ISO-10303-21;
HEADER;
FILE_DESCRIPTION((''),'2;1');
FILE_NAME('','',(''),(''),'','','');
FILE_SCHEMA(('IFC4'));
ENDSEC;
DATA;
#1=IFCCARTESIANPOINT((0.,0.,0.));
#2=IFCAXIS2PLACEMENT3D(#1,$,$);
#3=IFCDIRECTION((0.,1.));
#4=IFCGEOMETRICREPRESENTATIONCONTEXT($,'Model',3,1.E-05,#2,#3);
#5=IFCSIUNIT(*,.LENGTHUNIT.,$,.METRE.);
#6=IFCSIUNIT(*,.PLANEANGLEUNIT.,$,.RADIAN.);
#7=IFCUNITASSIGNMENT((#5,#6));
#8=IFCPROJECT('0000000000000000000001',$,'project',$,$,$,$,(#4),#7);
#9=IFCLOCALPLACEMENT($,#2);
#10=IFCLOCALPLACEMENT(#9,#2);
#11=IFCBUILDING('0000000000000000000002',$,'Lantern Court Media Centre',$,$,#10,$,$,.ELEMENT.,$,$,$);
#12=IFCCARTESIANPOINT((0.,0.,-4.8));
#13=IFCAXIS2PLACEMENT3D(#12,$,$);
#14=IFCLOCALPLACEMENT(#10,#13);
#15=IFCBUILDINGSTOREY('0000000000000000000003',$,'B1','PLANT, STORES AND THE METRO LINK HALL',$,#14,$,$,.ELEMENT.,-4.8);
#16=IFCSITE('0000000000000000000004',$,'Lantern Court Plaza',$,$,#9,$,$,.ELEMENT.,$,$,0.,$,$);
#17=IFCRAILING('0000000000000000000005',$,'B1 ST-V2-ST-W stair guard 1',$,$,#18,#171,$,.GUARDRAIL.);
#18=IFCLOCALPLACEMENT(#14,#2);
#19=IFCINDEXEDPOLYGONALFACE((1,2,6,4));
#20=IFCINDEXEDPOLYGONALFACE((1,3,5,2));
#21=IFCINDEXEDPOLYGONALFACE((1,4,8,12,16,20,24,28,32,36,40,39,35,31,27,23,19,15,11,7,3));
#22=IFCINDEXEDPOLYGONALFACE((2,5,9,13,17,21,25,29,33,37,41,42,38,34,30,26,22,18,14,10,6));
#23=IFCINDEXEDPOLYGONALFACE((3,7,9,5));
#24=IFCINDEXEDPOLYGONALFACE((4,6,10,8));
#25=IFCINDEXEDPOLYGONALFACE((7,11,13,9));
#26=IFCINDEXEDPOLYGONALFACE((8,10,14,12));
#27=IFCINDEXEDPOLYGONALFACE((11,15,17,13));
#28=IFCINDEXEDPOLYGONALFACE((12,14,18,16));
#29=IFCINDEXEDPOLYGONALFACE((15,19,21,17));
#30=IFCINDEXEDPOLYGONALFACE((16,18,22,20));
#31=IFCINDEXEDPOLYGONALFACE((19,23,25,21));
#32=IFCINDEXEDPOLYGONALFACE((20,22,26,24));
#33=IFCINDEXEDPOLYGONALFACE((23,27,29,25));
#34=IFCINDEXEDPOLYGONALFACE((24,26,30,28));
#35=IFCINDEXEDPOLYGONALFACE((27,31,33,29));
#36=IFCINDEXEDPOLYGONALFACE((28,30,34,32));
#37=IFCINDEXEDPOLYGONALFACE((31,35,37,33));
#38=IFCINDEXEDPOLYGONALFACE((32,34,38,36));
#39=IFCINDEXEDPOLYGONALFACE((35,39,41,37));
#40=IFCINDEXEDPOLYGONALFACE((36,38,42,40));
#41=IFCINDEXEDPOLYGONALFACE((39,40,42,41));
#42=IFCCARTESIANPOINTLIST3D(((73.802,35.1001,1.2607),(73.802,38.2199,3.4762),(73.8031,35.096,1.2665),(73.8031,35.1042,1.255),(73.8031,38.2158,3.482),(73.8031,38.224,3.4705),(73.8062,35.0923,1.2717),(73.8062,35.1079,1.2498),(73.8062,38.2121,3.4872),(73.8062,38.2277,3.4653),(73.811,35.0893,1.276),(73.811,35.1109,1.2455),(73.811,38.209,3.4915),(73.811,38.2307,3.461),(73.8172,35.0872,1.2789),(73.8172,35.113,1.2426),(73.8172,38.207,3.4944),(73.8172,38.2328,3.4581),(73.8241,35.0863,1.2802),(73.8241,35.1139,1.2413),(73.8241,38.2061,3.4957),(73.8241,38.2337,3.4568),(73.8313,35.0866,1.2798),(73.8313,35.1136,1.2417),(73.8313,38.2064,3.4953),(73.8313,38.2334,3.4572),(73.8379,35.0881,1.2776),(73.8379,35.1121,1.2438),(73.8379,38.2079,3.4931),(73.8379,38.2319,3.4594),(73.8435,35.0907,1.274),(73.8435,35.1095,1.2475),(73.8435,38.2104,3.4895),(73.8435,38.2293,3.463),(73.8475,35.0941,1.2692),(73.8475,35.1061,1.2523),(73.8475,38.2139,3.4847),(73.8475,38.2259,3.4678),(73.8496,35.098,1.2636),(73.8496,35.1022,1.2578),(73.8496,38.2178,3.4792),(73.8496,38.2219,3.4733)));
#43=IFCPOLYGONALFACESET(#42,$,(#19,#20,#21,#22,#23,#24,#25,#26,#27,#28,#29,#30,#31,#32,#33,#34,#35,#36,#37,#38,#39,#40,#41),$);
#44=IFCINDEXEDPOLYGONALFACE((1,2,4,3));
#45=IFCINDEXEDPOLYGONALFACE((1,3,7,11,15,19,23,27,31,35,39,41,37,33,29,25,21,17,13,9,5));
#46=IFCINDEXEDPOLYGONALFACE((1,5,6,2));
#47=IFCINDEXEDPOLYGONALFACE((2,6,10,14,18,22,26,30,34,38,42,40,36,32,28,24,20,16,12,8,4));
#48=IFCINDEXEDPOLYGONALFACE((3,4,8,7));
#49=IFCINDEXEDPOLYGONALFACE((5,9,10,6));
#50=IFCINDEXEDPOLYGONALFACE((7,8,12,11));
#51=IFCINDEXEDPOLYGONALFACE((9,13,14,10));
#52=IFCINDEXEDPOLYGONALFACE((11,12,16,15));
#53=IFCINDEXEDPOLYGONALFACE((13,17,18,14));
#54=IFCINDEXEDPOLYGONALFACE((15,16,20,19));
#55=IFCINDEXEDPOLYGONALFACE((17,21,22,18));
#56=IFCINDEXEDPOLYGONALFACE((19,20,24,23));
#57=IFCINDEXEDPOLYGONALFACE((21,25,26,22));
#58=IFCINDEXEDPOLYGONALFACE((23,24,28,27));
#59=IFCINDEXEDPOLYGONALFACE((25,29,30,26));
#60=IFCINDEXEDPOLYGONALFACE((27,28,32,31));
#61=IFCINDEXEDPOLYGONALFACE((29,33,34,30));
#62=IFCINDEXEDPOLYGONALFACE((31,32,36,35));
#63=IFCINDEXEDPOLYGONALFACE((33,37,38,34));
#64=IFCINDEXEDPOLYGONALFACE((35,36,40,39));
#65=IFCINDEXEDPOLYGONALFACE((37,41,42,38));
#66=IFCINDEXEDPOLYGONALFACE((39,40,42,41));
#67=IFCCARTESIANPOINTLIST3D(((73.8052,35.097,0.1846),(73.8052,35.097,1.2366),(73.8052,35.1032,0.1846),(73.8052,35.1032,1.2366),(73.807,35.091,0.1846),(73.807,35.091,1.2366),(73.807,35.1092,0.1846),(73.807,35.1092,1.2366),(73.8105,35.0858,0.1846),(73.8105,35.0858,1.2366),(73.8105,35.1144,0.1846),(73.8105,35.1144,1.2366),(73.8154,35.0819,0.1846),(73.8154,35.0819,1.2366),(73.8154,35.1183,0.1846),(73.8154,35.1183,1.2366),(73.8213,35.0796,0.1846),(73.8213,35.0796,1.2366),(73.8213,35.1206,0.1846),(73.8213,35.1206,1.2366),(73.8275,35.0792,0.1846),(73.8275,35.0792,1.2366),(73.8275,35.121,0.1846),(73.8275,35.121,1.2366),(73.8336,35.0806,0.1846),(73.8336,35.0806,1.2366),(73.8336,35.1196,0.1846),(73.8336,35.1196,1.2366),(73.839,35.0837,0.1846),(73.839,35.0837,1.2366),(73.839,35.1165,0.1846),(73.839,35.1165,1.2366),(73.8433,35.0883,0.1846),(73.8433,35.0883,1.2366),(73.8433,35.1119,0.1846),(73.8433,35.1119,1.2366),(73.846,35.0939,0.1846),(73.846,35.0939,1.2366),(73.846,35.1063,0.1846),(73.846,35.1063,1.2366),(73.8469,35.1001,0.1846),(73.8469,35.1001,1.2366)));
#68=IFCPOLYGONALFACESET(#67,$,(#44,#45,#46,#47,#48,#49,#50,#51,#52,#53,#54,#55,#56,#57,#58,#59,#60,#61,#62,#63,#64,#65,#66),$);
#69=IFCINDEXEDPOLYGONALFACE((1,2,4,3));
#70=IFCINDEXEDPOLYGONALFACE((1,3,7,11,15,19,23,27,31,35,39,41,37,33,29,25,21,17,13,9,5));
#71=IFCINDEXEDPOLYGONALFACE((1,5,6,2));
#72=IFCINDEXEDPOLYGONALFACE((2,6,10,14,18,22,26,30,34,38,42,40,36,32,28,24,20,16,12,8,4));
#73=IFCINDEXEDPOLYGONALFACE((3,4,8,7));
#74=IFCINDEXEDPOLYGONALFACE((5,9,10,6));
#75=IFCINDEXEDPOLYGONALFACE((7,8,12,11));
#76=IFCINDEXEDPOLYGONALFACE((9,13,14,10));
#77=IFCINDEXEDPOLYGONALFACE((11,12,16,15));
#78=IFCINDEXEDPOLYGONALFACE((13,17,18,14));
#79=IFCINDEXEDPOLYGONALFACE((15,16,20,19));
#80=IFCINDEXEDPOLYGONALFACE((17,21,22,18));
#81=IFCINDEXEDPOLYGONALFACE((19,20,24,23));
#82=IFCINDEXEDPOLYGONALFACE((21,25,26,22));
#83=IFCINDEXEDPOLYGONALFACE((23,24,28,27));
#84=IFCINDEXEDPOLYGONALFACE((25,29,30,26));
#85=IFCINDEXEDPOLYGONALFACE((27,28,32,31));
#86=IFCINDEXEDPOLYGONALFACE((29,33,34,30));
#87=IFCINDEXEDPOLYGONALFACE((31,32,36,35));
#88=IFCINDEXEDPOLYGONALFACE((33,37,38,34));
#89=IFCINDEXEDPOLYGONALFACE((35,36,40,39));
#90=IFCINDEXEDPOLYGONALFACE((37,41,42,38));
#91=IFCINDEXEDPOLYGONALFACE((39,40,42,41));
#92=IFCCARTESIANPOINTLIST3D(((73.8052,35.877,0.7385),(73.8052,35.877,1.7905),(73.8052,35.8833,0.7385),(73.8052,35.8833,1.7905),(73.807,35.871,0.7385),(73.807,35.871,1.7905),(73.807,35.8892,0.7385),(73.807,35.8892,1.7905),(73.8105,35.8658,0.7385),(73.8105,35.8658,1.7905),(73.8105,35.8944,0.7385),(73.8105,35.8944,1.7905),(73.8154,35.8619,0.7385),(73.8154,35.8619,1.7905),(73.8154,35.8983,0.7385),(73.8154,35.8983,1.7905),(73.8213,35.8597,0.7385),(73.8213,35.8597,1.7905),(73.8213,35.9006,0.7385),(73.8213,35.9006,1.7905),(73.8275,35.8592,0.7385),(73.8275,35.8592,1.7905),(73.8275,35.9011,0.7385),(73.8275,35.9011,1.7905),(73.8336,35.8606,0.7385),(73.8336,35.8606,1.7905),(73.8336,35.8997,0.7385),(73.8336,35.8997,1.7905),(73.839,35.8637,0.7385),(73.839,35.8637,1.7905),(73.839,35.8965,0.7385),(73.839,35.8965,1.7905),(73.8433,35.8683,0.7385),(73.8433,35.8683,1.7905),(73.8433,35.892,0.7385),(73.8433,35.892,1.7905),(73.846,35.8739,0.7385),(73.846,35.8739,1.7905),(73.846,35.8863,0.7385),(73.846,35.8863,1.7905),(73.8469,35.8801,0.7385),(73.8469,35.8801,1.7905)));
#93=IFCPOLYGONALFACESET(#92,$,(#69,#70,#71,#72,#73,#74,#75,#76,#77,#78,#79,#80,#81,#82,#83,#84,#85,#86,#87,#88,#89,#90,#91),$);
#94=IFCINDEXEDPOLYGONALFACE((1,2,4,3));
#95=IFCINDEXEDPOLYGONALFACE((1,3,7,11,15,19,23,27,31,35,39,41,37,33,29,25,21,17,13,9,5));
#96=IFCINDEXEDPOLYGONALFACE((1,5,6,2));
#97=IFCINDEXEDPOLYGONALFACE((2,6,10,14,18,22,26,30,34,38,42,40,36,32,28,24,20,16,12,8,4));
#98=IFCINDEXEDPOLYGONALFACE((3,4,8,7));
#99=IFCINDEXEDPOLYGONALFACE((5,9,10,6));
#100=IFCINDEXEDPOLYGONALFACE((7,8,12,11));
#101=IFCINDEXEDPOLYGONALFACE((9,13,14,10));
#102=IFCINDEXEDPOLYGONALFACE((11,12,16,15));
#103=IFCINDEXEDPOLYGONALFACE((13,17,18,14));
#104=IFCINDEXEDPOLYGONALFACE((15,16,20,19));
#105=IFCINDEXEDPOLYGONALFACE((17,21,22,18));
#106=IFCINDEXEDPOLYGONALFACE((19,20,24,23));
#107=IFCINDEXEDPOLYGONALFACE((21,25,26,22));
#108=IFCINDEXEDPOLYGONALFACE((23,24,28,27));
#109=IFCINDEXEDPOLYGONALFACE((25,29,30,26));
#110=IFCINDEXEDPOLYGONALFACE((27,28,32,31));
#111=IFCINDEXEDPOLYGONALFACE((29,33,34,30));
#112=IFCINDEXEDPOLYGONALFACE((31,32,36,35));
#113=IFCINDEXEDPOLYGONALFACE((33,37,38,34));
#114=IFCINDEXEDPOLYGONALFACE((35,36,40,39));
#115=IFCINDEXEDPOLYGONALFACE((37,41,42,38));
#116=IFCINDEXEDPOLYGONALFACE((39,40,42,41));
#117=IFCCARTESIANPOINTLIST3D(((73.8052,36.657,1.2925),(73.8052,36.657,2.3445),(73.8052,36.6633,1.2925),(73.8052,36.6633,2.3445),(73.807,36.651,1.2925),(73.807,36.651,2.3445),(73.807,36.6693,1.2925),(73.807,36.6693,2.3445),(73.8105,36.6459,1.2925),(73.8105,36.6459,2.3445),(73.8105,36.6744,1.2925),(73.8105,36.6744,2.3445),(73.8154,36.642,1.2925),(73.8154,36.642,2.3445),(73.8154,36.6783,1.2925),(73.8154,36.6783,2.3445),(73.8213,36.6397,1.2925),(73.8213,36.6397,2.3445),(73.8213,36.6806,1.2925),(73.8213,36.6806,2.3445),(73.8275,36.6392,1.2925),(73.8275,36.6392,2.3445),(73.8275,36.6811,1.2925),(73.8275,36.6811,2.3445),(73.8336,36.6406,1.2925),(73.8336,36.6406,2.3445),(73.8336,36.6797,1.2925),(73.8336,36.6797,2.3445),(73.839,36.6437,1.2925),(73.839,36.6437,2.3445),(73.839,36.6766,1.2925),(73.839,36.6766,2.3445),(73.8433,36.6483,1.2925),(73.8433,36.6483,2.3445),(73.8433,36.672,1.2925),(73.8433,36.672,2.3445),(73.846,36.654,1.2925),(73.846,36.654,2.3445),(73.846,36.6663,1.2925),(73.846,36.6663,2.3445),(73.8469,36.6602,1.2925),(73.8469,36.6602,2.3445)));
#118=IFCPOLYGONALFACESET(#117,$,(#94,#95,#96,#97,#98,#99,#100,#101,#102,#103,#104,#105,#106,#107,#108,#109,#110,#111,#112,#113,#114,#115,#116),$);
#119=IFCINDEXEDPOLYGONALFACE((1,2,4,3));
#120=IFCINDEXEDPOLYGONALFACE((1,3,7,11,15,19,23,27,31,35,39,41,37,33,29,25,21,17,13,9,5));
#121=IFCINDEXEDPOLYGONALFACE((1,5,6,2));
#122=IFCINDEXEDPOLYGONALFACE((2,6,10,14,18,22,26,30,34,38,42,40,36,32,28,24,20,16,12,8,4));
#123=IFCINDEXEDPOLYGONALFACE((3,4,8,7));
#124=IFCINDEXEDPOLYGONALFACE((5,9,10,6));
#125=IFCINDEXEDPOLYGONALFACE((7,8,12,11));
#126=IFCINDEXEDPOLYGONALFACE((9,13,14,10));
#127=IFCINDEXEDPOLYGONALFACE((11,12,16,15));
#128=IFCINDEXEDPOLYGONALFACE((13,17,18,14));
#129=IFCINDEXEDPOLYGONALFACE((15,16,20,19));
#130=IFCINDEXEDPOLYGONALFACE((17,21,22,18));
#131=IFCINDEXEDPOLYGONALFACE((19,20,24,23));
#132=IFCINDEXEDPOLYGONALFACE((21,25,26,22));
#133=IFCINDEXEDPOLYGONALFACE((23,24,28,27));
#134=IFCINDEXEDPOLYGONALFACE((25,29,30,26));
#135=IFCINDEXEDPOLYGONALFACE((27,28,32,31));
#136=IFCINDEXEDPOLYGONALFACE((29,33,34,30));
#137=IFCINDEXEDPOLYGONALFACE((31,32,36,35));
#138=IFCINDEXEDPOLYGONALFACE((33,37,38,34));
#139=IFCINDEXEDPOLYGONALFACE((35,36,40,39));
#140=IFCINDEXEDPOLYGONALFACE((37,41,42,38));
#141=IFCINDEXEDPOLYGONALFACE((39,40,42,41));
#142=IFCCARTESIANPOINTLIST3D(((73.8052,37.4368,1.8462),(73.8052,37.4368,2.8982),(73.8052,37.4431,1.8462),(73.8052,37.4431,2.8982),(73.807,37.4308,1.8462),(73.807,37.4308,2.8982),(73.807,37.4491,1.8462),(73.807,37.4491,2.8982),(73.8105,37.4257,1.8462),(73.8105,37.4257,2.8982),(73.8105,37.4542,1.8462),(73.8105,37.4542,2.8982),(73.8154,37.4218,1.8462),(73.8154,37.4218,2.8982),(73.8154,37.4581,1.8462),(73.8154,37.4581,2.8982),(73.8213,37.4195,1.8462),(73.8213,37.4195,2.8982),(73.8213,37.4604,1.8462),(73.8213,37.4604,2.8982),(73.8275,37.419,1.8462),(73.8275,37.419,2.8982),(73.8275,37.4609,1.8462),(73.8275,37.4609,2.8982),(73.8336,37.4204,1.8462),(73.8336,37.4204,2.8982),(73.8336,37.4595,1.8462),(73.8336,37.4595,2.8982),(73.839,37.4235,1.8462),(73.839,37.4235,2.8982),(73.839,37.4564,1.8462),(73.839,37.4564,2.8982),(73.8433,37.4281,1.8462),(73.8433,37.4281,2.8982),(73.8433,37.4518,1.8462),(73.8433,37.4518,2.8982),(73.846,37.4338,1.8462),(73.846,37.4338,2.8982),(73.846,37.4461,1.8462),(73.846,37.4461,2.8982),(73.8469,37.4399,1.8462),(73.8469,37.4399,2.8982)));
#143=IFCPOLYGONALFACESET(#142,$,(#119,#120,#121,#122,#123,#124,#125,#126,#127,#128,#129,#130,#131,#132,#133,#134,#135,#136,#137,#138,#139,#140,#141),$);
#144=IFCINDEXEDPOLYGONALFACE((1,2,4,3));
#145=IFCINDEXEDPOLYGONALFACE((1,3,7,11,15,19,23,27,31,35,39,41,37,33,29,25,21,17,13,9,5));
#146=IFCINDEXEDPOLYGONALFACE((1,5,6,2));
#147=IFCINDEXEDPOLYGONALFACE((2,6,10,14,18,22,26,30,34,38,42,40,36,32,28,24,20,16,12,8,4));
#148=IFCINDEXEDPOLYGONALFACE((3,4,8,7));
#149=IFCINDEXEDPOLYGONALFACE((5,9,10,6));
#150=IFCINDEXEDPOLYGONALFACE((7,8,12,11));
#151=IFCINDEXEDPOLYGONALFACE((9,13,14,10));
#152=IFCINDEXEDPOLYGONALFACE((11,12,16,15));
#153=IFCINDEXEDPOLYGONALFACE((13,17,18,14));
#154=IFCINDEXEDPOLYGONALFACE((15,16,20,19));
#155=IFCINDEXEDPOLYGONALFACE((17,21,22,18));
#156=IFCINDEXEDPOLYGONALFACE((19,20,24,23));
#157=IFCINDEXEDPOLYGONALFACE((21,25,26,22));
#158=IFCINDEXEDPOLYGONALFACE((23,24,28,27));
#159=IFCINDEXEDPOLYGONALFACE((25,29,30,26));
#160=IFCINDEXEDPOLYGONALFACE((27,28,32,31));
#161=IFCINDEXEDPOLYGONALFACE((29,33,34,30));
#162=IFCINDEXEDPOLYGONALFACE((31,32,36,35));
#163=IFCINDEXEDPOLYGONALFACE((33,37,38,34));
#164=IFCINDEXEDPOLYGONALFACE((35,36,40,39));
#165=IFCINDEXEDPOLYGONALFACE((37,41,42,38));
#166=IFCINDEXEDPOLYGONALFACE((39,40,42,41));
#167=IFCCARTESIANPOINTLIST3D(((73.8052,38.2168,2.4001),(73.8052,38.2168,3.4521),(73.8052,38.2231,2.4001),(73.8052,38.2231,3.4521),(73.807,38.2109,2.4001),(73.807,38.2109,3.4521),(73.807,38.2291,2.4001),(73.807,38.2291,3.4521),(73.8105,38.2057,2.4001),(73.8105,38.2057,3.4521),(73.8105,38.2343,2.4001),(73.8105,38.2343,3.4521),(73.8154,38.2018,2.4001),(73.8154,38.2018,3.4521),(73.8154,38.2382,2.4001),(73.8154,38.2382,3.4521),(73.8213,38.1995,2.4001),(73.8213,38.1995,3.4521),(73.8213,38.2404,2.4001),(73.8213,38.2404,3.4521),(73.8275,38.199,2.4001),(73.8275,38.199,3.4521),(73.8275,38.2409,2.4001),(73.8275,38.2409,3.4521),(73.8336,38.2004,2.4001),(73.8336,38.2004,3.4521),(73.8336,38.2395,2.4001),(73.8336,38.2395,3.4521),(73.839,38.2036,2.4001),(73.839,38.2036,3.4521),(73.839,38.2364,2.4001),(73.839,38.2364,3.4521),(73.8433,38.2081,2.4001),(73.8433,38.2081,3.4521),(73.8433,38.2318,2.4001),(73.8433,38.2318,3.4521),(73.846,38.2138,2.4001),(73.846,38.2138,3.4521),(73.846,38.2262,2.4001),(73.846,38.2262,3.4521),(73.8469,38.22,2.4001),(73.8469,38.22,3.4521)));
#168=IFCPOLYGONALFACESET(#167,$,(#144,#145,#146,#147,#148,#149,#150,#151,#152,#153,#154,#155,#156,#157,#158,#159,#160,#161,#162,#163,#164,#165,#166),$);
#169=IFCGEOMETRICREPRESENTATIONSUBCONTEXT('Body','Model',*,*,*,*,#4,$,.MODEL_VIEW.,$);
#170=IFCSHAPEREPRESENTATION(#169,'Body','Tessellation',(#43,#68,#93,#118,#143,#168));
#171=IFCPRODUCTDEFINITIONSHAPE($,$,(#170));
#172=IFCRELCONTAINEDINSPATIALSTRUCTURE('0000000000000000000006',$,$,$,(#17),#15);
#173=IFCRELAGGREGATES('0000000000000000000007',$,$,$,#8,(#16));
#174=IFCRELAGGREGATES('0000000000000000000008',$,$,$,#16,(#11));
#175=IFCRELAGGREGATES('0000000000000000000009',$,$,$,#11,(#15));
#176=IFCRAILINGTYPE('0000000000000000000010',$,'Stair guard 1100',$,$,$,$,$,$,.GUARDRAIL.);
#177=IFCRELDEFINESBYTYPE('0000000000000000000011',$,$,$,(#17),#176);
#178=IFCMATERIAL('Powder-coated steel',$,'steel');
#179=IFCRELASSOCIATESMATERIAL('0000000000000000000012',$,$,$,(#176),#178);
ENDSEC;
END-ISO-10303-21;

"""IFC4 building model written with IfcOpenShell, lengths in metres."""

from ifc_helpers import new_model, si_unit, direction, frame, origin, origin_2d, place, context, subcontext, project, spatial, circle, extrude, material, type_object, element, save


model = new_model("IFC4")

# Units and contexts
model_context = context("Model", 3, precision=1e-05, world=origin(), true_north=direction((0.0, 1.0)))
body_context = subcontext(model_context, "Body", "Model", "MODEL_VIEW")
ifc_project = project(units=[si_unit("LENGTHUNIT", "METRE"), si_unit("PLANEANGLEUNIT", "RADIAN")], contexts=[model_context])

# Site, building, storey
site_placement = place(None, origin())
site = spatial("IfcSite", under=ifc_project, at=site_placement, Name="Lantern Court Plaza", CompositionType="ELEMENT", RefElevation=0.0)
building_placement = place(site_placement, origin())
building = spatial("IfcBuilding", under=site, at=building_placement, Name="Lantern Court Media Centre", CompositionType="ELEMENT")
storey_placement = place(building_placement, frame((0.0, 0.0, -4.8)))
storey = spatial("IfcBuildingStorey", under=building, at=storey_placement, Name="B1", Description="PLANT, STORES AND THE METRO LINK HALL", CompositionType="ELEMENT", Elevation=-4.8)

# Railing
ifc_material_1 = material(Name="Powder-coated steel", Category="steel")
railing_type_1 = type_object("IfcRailingType", Name="Stair guard 1100", PredefinedType="GUARDRAIL", material=ifc_material_1)
railing_1_placement = place(storey_placement, frame((73.8259, 35.1001, 0.1846)))
element("IfcRailing", 1, at=railing_1_placement, inside=storey, type_object=railing_type_1, Name="B1 ST-V2-ST-W stair guard 1", PredefinedType="GUARDRAIL", context=body_context, shape_type="SweptSolid", body=[
    extrude(circle(Radius=0.0239, at=origin_2d()), frame((0.0, 0.0, 1.0762), z_axis=(0.0, 0.815325, 0.579003), x_axis=(-1.0, 0.0, 0.0)), (0.0, 0.0, 1.0), 3.8264),
    extrude(circle(Radius=0.021, at=origin_2d()), origin(), (0.0, 0.0, 1.0), 1.052),
    extrude(circle(Radius=0.021, at=origin_2d()), frame((0.0, 0.78, 0.554)), (0.0, 0.0, 1.0), 1.052),
    extrude(circle(Radius=0.021, at=origin_2d()), frame((0.0, 1.5601, 1.1079)), (0.0, 0.0, 1.0), 1.052),
    extrude(circle(Radius=0.021, at=origin_2d()), frame((0.0, 2.3398, 1.6616)), (0.0, 0.0, 1.0), 1.052),
    extrude(circle(Radius=0.021, at=origin_2d()), frame((0.0, 3.1199, 2.2156)), (0.0, 0.0, 1.0), 1.052),
])

save(model, "model.ifc")
